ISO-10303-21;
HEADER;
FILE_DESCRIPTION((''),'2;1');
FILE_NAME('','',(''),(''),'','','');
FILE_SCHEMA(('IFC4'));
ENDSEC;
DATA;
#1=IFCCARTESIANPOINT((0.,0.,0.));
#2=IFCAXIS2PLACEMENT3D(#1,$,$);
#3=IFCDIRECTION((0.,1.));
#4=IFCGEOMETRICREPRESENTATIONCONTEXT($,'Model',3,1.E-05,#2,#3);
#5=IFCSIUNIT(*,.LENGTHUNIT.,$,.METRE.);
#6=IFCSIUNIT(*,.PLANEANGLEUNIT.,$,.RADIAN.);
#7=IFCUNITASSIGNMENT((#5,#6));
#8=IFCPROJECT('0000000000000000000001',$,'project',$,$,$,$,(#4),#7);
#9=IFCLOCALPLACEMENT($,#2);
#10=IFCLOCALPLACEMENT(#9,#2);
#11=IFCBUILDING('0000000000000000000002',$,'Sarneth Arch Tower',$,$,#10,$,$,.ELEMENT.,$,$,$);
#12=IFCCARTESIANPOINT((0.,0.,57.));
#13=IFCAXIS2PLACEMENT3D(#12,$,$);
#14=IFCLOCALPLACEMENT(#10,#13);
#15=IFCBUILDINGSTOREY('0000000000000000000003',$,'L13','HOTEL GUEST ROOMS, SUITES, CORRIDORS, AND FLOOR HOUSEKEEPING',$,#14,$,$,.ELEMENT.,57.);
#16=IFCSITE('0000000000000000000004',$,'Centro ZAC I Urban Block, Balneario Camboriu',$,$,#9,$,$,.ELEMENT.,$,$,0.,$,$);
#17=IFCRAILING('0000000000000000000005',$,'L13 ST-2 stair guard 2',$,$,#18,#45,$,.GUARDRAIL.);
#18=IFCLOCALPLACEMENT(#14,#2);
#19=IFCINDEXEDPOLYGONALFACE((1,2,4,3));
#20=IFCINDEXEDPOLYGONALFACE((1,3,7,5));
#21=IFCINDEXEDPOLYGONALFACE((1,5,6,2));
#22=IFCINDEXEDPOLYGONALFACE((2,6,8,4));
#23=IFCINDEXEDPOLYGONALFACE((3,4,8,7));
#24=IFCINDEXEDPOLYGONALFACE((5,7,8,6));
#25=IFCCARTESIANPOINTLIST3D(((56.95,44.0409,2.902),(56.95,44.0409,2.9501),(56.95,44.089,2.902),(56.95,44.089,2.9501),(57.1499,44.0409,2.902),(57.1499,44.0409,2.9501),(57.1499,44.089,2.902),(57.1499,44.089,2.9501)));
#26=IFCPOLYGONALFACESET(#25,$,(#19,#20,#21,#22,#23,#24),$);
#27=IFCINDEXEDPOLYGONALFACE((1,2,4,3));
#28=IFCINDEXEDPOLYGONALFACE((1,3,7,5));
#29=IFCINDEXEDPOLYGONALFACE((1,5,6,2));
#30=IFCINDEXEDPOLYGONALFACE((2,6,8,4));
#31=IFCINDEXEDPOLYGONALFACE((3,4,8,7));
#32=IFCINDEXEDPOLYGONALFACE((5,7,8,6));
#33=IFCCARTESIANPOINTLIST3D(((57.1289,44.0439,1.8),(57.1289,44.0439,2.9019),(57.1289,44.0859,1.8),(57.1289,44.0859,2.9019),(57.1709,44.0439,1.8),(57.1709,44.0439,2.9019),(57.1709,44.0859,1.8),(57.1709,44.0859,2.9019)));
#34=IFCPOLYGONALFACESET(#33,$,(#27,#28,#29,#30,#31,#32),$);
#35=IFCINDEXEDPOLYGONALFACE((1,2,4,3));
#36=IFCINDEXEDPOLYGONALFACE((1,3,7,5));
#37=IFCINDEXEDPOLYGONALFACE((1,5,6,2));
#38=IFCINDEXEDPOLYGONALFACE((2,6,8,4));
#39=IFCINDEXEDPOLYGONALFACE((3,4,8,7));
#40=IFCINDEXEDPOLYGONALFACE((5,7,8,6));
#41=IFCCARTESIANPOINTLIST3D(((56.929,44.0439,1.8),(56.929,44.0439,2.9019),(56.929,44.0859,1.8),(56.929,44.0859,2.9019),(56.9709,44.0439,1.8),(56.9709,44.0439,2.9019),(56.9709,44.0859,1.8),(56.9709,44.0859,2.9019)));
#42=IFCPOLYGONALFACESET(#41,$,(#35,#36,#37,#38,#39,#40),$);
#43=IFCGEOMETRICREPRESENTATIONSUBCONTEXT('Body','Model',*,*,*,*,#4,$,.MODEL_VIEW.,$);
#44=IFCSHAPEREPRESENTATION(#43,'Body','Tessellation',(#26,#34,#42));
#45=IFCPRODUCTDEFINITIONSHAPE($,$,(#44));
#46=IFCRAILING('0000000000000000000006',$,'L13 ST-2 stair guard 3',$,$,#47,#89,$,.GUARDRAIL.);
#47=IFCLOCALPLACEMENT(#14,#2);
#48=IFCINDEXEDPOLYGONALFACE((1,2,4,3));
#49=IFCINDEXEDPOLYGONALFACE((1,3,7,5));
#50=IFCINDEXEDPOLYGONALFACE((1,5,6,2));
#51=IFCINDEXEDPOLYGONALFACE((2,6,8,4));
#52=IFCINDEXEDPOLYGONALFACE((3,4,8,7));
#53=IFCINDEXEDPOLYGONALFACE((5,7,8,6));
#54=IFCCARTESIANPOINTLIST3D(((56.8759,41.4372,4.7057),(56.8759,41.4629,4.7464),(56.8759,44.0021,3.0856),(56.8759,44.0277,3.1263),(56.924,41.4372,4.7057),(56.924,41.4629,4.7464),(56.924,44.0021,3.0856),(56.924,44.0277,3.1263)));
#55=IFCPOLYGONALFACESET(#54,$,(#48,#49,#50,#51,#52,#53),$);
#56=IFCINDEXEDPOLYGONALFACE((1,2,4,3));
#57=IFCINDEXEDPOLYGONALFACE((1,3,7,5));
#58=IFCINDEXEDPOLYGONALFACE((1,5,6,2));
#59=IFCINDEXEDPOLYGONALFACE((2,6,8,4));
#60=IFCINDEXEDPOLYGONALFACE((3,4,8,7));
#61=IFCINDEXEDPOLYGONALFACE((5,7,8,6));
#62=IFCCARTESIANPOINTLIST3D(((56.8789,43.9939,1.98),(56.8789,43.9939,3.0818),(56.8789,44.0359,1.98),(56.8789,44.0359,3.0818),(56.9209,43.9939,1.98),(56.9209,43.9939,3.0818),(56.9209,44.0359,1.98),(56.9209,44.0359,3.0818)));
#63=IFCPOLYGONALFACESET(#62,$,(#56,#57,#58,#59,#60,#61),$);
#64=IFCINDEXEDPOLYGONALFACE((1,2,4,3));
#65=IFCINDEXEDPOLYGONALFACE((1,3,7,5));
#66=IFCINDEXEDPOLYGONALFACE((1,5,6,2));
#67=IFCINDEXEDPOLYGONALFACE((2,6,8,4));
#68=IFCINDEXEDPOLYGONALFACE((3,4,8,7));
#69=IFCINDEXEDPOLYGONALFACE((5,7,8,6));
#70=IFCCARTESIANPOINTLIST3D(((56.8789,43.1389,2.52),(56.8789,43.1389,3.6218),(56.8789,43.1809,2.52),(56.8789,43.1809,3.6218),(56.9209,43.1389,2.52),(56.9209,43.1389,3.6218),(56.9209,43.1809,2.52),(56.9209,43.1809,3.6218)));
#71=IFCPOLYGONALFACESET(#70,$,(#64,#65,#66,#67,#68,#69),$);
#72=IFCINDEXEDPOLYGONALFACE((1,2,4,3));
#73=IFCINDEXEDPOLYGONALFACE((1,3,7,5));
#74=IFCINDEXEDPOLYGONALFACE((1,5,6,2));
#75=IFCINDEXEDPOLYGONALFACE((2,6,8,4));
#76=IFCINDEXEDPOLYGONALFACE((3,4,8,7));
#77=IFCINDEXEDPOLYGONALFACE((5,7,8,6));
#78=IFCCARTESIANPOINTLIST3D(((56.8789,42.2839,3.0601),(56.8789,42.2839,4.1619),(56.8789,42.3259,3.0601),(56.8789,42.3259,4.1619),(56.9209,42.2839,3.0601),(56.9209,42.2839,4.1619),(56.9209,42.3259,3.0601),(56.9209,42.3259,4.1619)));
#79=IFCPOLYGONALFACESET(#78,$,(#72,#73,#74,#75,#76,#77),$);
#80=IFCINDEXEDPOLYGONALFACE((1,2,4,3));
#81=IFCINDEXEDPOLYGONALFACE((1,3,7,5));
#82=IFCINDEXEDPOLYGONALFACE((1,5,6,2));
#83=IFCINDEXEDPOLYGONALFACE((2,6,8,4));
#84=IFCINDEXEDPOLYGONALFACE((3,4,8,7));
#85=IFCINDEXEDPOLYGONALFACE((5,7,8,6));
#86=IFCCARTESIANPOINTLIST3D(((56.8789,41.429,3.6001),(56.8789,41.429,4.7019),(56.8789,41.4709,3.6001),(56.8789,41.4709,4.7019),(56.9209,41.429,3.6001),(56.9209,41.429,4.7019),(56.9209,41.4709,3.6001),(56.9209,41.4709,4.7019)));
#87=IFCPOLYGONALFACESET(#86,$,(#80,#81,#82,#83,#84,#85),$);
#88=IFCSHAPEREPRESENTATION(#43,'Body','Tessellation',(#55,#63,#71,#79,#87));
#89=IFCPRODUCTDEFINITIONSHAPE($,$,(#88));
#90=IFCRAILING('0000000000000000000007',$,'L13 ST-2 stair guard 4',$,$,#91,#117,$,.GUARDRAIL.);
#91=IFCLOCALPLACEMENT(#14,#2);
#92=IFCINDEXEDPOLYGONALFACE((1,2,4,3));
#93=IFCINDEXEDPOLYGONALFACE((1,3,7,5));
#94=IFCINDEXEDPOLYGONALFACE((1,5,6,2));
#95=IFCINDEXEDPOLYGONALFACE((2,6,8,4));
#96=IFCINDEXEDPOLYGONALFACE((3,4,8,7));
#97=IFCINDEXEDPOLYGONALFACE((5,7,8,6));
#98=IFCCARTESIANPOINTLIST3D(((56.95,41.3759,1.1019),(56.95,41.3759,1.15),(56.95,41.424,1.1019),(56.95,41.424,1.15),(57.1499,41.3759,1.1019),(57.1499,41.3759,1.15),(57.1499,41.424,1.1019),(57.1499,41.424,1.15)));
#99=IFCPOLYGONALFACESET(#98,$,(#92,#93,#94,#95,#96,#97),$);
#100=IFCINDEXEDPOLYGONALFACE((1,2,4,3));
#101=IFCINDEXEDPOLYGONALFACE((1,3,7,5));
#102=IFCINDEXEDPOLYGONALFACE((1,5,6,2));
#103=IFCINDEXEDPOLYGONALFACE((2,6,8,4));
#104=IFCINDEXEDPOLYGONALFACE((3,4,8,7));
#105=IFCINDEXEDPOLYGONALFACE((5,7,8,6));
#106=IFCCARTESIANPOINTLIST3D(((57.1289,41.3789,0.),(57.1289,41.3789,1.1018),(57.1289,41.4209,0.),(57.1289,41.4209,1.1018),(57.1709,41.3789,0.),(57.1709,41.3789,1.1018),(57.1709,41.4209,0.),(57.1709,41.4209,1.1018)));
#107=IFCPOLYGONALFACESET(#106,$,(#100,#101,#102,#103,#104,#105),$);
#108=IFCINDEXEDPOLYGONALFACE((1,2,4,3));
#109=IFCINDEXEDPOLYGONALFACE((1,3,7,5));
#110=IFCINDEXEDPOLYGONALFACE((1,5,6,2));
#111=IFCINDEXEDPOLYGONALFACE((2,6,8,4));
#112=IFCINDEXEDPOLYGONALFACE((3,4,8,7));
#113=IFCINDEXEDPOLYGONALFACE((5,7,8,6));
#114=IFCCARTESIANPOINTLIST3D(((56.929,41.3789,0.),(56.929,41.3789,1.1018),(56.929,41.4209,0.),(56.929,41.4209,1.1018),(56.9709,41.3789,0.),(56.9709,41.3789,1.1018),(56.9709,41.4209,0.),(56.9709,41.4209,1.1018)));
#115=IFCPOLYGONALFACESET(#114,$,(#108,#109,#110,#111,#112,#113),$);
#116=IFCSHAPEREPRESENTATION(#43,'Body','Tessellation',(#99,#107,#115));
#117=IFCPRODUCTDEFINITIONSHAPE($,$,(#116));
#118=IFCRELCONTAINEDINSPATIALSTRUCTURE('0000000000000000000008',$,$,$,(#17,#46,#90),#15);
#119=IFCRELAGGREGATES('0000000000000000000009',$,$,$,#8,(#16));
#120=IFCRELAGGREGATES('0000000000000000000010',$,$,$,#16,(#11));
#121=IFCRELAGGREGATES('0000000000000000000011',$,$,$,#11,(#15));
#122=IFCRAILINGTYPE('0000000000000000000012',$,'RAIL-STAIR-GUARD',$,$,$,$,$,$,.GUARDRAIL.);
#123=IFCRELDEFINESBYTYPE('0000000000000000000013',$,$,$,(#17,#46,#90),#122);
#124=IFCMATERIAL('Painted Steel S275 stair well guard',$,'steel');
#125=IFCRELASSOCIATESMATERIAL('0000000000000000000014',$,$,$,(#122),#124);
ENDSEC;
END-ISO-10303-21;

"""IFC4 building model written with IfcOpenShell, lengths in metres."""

from ifc_helpers import new_model, si_unit, direction, frame, origin, origin_2d, place, context, subcontext, project, spatial, rectangle, extrude, material, type_object, element, save


model = new_model("IFC4")

# Units and contexts
model_context = context("Model", 3, precision=1e-05, world=origin(), true_north=direction((0.0, 1.0)))
body_context = subcontext(model_context, "Body", "Model", "MODEL_VIEW")
ifc_project = project(units=[si_unit("LENGTHUNIT", "METRE"), si_unit("PLANEANGLEUNIT", "RADIAN")], contexts=[model_context])

# Site, building, storey
site_placement = place(None, origin())
site = spatial("IfcSite", under=ifc_project, at=site_placement, Name="Centro ZAC I Urban Block, Balneario Camboriu", CompositionType="ELEMENT", RefElevation=0.0)
building_placement = place(site_placement, origin())
building = spatial("IfcBuilding", under=site, at=building_placement, Name="Sarneth Arch Tower", CompositionType="ELEMENT")
storey_placement = place(building_placement, frame((0.0, 0.0, 57.0)))
storey = spatial("IfcBuildingStorey", under=building, at=storey_placement, Name="L13", Description="HOTEL GUEST ROOMS, SUITES, CORRIDORS, AND FLOOR HOUSEKEEPING", CompositionType="ELEMENT", Elevation=57.0)

# Railings
ifc_material_1 = material(Name="Painted Steel S275 stair well guard", Category="steel")
railing_type_1 = type_object("IfcRailingType", Name="RAIL-STAIR-GUARD", PredefinedType="GUARDRAIL", material=ifc_material_1)
railing_1_placement = place(storey_placement, frame((57.1499, 44.0649, 1.8)))
element("IfcRailing", 1, at=railing_1_placement, inside=storey, type_object=railing_type_1, Name="L13 ST-2 stair guard 2", PredefinedType="GUARDRAIL", context=body_context, shape_type="SweptSolid", body=[
    extrude(rectangle(XDim=0.0481, YDim=0.0481, at=origin_2d()), frame((0.0, 0.0, 1.126), z_axis=(-1.0, 0.0, 0.0), x_axis=(0.0, -1.0, 0.0)), (0.0, 0.0, 1.0), 0.2),
    extrude(rectangle(XDim=0.042, YDim=0.042, at=origin_2d()), origin(), (0.0, 0.0, 1.0), 1.1018),
    extrude(rectangle(XDim=0.042, YDim=0.042, at=origin_2d()), frame((-0.2, 0.0, 0.0)), (0.0, 0.0, 1.0), 1.1018),
])
railing_2_placement = place(storey_placement, frame((56.8999, 44.0149, 1.98)))
element("IfcRailing", 2, at=railing_2_placement, inside=storey, type_object=railing_type_1, Name="L13 ST-2 stair guard 3", PredefinedType="GUARDRAIL", context=body_context, shape_type="SweptSolid", body=[
    extrude(rectangle(XDim=0.0481, YDim=0.0481, at=origin_2d()), frame((0.0, 0.0, 1.126), z_axis=(0.0, -0.845466, 0.534029), x_axis=(1.0, 0.0, 0.0)), (0.0, 0.0, 1.0), 3.0337),
    extrude(rectangle(XDim=0.042, YDim=0.042, at=origin_2d()), origin(), (0.0, 0.0, 1.0), 1.1018),
    extrude(rectangle(XDim=0.042, YDim=0.042, at=origin_2d()), frame((0.0, -0.855, 0.54)), (0.0, 0.0, 1.0), 1.1018),
    extrude(rectangle(XDim=0.042, YDim=0.042, at=origin_2d()), frame((0.0, -1.71, 1.0801)), (0.0, 0.0, 1.0), 1.1018),
    extrude(rectangle(XDim=0.042, YDim=0.042, at=origin_2d()), frame((0.0, -2.5649, 1.6201)), (0.0, 0.0, 1.0), 1.1018),
])
railing_3_placement = place(storey_placement, frame((57.1499, 41.3999, 0.0)))
element("IfcRailing", 3, at=railing_3_placement, inside=storey, type_object=railing_type_1, Name="L13 ST-2 stair guard 4", PredefinedType="GUARDRAIL", context=body_context, shape_type="SweptSolid", body=[
    extrude(rectangle(XDim=0.0481, YDim=0.0481, at=origin_2d()), frame((0.0, 0.0, 1.126), z_axis=(-1.0, 0.0, 0.0), x_axis=(0.0, -1.0, 0.0)), (0.0, 0.0, 1.0), 0.2),
    extrude(rectangle(XDim=0.042, YDim=0.042, at=origin_2d()), origin(), (0.0, 0.0, 1.0), 1.1018),
    extrude(rectangle(XDim=0.042, YDim=0.042, at=origin_2d()), frame((-0.2, 0.0, 0.0)), (0.0, 0.0, 1.0), 1.1018),
])

save(model, "model.ifc")
